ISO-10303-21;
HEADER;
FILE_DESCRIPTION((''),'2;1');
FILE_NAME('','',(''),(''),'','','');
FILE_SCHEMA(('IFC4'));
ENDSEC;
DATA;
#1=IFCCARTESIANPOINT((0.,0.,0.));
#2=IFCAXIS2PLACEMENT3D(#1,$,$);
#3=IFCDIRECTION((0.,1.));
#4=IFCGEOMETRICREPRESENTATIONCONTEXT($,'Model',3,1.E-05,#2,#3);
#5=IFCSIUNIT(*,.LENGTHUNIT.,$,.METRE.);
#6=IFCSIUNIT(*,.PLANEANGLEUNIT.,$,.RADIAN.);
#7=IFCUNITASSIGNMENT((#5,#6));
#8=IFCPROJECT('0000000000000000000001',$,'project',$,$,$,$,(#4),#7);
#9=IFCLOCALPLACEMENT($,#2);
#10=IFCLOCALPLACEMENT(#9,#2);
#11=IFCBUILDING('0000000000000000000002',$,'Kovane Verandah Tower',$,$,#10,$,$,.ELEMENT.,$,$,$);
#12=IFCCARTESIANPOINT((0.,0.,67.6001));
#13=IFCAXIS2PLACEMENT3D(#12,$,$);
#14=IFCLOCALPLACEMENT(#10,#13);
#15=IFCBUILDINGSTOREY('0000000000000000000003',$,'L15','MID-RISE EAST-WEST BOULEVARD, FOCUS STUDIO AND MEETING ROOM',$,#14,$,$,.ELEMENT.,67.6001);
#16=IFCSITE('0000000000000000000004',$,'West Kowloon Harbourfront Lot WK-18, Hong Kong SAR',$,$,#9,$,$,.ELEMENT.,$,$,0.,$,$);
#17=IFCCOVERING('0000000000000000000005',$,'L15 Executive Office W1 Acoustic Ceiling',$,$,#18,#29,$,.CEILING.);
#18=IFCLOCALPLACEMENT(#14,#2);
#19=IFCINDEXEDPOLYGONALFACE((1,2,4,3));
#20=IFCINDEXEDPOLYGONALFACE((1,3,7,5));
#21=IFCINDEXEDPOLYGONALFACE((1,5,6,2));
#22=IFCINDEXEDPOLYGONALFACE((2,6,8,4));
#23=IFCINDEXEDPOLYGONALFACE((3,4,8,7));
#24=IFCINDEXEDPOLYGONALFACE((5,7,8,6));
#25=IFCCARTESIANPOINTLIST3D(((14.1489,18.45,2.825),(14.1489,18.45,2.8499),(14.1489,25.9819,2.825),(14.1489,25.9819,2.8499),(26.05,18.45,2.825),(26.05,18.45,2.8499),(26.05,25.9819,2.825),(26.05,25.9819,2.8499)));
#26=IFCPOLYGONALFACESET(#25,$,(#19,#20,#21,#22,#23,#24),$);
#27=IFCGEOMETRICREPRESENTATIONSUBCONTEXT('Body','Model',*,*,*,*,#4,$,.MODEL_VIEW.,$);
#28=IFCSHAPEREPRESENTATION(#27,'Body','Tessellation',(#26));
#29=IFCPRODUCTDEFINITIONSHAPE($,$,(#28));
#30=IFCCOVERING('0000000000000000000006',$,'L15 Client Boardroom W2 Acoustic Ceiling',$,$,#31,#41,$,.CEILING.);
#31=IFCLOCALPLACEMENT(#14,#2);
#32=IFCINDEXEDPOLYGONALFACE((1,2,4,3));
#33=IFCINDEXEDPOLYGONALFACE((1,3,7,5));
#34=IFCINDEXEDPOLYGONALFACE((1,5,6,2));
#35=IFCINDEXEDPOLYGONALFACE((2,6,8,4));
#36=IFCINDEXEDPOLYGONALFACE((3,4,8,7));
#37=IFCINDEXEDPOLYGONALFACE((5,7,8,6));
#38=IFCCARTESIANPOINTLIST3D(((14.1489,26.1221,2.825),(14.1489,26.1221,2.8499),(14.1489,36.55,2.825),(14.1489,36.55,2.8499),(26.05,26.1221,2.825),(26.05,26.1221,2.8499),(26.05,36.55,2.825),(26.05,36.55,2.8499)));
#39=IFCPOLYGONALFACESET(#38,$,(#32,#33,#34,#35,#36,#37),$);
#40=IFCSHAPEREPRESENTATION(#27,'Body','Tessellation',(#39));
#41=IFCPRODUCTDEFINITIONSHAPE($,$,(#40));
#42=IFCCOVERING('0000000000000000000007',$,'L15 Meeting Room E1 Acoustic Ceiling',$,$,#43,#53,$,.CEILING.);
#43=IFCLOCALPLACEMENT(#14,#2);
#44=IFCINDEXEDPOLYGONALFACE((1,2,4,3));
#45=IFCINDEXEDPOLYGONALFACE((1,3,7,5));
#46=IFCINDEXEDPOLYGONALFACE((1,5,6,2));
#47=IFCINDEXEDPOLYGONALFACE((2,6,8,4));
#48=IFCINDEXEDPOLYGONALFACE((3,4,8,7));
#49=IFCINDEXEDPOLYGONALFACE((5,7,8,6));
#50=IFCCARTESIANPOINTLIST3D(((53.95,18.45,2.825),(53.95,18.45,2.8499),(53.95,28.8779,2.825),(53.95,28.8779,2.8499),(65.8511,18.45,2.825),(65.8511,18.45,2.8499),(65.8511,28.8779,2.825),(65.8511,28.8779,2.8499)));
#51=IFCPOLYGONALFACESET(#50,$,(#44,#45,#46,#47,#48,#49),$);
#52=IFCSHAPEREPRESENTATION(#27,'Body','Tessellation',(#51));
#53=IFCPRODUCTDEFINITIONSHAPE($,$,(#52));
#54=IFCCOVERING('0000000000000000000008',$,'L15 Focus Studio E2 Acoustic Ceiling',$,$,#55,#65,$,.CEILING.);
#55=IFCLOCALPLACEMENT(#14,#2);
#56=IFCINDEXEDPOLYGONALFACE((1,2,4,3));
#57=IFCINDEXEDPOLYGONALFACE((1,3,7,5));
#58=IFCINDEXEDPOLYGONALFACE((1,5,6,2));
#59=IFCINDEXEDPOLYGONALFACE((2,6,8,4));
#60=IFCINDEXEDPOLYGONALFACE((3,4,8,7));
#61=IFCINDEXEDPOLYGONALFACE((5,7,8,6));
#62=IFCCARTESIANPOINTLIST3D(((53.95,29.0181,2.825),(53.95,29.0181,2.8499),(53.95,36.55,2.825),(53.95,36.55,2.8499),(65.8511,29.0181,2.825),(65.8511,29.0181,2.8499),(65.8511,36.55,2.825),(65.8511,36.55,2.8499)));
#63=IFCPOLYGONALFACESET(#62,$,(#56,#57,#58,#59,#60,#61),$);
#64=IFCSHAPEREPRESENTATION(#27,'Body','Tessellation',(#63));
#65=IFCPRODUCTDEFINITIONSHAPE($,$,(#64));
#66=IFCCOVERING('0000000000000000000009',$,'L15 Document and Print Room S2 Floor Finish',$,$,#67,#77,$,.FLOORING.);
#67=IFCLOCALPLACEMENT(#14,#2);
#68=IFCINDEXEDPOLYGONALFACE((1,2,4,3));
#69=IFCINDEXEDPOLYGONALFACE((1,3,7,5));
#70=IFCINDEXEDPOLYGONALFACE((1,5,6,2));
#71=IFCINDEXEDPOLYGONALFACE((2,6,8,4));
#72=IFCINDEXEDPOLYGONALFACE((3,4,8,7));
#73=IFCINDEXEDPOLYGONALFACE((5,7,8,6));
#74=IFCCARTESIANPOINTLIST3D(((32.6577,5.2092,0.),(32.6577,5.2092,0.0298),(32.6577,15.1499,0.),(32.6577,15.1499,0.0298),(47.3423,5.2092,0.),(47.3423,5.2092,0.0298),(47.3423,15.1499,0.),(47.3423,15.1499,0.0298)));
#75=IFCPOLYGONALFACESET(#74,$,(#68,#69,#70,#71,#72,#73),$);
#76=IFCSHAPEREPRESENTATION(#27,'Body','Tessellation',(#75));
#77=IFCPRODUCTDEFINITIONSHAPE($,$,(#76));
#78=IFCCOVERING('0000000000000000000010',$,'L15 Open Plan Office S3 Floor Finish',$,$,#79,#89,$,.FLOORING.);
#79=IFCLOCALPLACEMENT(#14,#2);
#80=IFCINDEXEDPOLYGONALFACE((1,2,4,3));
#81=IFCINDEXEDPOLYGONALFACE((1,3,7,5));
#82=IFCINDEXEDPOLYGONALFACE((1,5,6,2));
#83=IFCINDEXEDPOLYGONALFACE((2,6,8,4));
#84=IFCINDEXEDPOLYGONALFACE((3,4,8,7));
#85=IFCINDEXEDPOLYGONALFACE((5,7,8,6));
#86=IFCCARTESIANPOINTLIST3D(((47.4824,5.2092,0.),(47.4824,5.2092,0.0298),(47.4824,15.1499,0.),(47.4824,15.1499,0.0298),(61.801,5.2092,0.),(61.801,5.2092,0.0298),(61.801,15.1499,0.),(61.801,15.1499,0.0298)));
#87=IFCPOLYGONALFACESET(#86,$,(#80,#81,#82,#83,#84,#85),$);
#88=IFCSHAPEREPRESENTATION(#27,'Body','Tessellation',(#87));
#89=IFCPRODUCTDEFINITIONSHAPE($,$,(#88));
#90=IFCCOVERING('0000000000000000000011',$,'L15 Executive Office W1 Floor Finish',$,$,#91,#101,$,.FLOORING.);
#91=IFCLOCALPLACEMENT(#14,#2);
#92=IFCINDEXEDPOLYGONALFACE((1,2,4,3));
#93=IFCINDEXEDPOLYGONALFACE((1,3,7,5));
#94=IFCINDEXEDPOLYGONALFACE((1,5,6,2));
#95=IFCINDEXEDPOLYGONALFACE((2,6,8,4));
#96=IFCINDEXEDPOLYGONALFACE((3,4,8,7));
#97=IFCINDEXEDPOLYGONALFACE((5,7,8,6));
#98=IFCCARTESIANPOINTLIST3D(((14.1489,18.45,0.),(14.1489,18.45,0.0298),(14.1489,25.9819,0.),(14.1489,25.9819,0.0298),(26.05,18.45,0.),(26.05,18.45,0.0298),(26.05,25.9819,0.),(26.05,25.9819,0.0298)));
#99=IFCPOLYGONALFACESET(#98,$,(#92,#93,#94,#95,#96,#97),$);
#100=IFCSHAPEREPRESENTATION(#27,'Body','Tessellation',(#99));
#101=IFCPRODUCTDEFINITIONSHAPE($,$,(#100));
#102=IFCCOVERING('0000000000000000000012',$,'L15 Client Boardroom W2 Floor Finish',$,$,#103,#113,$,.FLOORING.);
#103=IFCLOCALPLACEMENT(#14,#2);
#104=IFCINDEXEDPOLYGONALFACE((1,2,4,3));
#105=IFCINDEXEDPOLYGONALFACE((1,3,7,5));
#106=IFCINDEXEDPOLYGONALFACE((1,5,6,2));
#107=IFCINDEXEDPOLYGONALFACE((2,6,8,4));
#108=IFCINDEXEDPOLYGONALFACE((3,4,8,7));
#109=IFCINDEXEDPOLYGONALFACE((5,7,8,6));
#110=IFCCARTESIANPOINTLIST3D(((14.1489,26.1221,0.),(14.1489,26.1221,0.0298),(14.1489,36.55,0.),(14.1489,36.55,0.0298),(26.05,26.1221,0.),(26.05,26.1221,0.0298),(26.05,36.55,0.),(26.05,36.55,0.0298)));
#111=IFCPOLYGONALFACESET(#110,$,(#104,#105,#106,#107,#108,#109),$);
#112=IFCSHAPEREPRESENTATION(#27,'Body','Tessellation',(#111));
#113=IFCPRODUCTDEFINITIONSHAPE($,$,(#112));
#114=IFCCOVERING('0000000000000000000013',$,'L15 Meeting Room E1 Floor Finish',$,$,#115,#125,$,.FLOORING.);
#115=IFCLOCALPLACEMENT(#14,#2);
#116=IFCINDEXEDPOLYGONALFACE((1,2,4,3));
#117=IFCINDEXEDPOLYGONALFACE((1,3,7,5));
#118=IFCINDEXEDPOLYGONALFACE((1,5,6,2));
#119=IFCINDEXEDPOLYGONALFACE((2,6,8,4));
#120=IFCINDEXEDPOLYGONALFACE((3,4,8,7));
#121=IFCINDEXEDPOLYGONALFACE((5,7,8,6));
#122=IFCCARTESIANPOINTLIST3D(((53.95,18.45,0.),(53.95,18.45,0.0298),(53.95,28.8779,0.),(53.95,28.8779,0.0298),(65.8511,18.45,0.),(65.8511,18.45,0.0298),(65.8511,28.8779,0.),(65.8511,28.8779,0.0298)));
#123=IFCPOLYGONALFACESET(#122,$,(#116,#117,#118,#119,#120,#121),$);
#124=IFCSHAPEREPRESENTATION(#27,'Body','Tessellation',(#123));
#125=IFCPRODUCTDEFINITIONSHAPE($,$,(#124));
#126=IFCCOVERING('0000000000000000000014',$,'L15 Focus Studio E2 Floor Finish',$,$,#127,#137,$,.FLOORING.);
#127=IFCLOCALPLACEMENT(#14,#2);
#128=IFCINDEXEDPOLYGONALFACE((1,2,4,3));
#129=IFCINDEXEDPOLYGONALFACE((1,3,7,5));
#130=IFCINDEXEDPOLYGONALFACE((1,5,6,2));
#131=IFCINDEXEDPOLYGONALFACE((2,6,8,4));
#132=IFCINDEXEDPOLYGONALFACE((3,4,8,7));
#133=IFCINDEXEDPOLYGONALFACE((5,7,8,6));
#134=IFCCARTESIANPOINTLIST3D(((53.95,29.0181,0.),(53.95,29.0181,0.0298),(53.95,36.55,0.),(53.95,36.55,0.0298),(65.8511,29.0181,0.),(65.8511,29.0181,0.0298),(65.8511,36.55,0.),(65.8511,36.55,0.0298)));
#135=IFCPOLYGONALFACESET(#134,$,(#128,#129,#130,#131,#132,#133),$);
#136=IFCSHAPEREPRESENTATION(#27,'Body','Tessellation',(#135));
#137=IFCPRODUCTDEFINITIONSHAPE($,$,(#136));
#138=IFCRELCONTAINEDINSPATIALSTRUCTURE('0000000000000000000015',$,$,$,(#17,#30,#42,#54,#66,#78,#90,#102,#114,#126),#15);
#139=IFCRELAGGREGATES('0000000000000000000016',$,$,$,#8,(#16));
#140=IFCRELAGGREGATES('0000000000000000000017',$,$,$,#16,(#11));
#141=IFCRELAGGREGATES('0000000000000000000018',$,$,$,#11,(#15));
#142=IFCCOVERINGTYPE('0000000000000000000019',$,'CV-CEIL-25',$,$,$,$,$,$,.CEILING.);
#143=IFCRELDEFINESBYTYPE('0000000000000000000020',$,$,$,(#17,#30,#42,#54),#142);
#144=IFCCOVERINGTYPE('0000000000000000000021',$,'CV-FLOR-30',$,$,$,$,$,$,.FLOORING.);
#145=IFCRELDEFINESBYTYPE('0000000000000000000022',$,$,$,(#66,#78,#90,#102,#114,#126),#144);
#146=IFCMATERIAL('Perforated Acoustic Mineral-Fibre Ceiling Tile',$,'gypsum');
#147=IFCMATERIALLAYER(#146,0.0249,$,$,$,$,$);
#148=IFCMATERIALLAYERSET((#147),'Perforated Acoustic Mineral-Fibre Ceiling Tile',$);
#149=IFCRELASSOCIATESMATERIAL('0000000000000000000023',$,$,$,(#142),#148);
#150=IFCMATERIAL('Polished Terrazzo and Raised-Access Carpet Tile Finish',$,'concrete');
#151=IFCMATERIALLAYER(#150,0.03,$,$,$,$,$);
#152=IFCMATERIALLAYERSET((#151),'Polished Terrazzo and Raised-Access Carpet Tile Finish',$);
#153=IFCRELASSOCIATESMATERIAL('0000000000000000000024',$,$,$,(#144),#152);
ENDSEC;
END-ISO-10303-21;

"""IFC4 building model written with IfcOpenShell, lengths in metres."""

from ifc_helpers import new_model, si_unit, direction, frame, origin, place, context, subcontext, project, spatial, polyline, outline, extrude, material, layer, layer_set, type_object, element, save


model = new_model("IFC4")

# Units and contexts
model_context = context("Model", 3, precision=1e-05, world=origin(), true_north=direction((0.0, 1.0)))
body_context = subcontext(model_context, "Body", "Model", "MODEL_VIEW")
ifc_project = project(units=[si_unit("LENGTHUNIT", "METRE"), si_unit("PLANEANGLEUNIT", "RADIAN")], contexts=[model_context])

# Site, building, storey
site_placement = place(None, origin())
site = spatial("IfcSite", under=ifc_project, at=site_placement, Name="West Kowloon Harbourfront Lot WK-18, Hong Kong SAR", CompositionType="ELEMENT", RefElevation=0.0)
building_placement = place(site_placement, origin())
building = spatial("IfcBuilding", under=site, at=building_placement, Name="Kovane Verandah Tower", CompositionType="ELEMENT")
storey_placement = place(building_placement, frame((0.0, 0.0, 67.6001)))
storey = spatial("IfcBuildingStorey", under=building, at=storey_placement, Name="L15", Description="MID-RISE EAST-WEST BOULEVARD, FOCUS STUDIO AND MEETING ROOM", CompositionType="ELEMENT", Elevation=67.6001)

# Coverings
ifc_material_1 = material(Name="Perforated Acoustic Mineral-Fibre Ceiling Tile", Category="gypsum")
ifc_layer_1 = layer(ifc_material_1, 0.0249)
ifc_layer_set_1 = layer_set([ifc_layer_1], Name="Perforated Acoustic Mineral-Fibre Ceiling Tile")
covering_type_1 = type_object("IfcCoveringType", Name="CV-CEIL-25", PredefinedType="CEILING", material=ifc_layer_set_1)
covering_1_placement = place(storey_placement, frame((0.0, 0.0, 2.825)))
element("IfcCovering", 1, at=covering_1_placement, inside=storey, type_object=covering_type_1, Name="L15 Executive Office W1 Acoustic Ceiling", PredefinedType="CEILING", context=body_context, shape_type="SweptSolid", body=[
    extrude(outline(polyline([(14.1489, 18.45), (26.05, 18.45), (26.05, 25.9819), (14.1489, 25.9819), (14.1489, 18.45)])), origin(), (0.0, 0.0, 1.0), 0.0249),
])
covering_2_placement = place(storey_placement, frame((0.0, 0.0, 2.825)))
element("IfcCovering", 2, at=covering_2_placement, inside=storey, type_object=covering_type_1, Name="L15 Client Boardroom W2 Acoustic Ceiling", PredefinedType="CEILING", context=body_context, shape_type="SweptSolid", body=[
    extrude(outline(polyline([(14.1489, 26.1221), (26.05, 26.1221), (26.05, 36.55), (14.1489, 36.55), (14.1489, 26.1221)])), origin(), (0.0, 0.0, 1.0), 0.0249),
])
covering_3_placement = place(storey_placement, frame((0.0, 0.0, 2.825)))
element("IfcCovering", 3, at=covering_3_placement, inside=storey, type_object=covering_type_1, Name="L15 Meeting Room E1 Acoustic Ceiling", PredefinedType="CEILING", context=body_context, shape_type="SweptSolid", body=[
    extrude(outline(polyline([(53.95, 18.45), (65.8511, 18.45), (65.8511, 28.8779), (53.95, 28.8779), (53.95, 18.45)])), origin(), (0.0, 0.0, 1.0), 0.0249),
])
covering_4_placement = place(storey_placement, frame((0.0, 0.0, 2.825)))
element("IfcCovering", 4, at=covering_4_placement, inside=storey, type_object=covering_type_1, Name="L15 Focus Studio E2 Acoustic Ceiling", PredefinedType="CEILING", context=body_context, shape_type="SweptSolid", body=[
    extrude(outline(polyline([(53.95, 29.0181), (65.8511, 29.0181), (65.8511, 36.55), (53.95, 36.55), (53.95, 29.0181)])), origin(), (0.0, 0.0, 1.0), 0.0249),
])
ifc_material_2 = material(Name="Polished Terrazzo and Raised-Access Carpet Tile Finish", Category="concrete")
ifc_layer_2 = layer(ifc_material_2, 0.03)
ifc_layer_set_2 = layer_set([ifc_layer_2], Name="Polished Terrazzo and Raised-Access Carpet Tile Finish")
covering_type_2 = type_object("IfcCoveringType", Name="CV-FLOR-30", PredefinedType="FLOORING", material=ifc_layer_set_2)
covering_5_placement = place(storey_placement, origin())
element("IfcCovering", 5, at=covering_5_placement, inside=storey, type_object=covering_type_2, Name="L15 Document and Print Room S2 Floor Finish", PredefinedType="FLOORING", context=body_context, shape_type="SweptSolid", body=[
    extrude(outline(polyline([(32.6577, 5.2092), (47.3423, 5.2092), (47.3423, 15.1499), (32.6577, 15.1499), (32.6577, 5.2092)])), origin(), (0.0, 0.0, 1.0), 0.0298),
])
covering_6_placement = place(storey_placement, origin())
element("IfcCovering", 6, at=covering_6_placement, inside=storey, type_object=covering_type_2, Name="L15 Open Plan Office S3 Floor Finish", PredefinedType="FLOORING", context=body_context, shape_type="SweptSolid", body=[
    extrude(outline(polyline([(47.4824, 5.2092), (61.801, 5.2092), (61.801, 15.1499), (47.4824, 15.1499), (47.4824, 5.2092)])), origin(), (0.0, 0.0, 1.0), 0.0298),
])
covering_7_placement = place(storey_placement, origin())
element("IfcCovering", 7, at=covering_7_placement, inside=storey, type_object=covering_type_2, Name="L15 Executive Office W1 Floor Finish", PredefinedType="FLOORING", context=body_context, shape_type="SweptSolid", body=[
    extrude(outline(polyline([(14.1489, 18.45), (26.05, 18.45), (26.05, 25.9819), (14.1489, 25.9819), (14.1489, 18.45)])), origin(), (0.0, 0.0, 1.0), 0.0298),
])
covering_8_placement = place(storey_placement, origin())
element("IfcCovering", 8, at=covering_8_placement, inside=storey, type_object=covering_type_2, Name="L15 Client Boardroom W2 Floor Finish", PredefinedType="FLOORING", context=body_context, shape_type="SweptSolid", body=[
    extrude(outline(polyline([(14.1489, 26.1221), (26.05, 26.1221), (26.05, 36.55), (14.1489, 36.55), (14.1489, 26.1221)])), origin(), (0.0, 0.0, 1.0), 0.0298),
])
covering_9_placement = place(storey_placement, origin())
element("IfcCovering", 9, at=covering_9_placement, inside=storey, type_object=covering_type_2, Name="L15 Meeting Room E1 Floor Finish", PredefinedType="FLOORING", context=body_context, shape_type="SweptSolid", body=[
    extrude(outline(polyline([(53.95, 18.45), (65.8511, 18.45), (65.8511, 28.8779), (53.95, 28.8779), (53.95, 18.45)])), origin(), (0.0, 0.0, 1.0), 0.0298),
])
covering_10_placement = place(storey_placement, origin())
element("IfcCovering", 10, at=covering_10_placement, inside=storey, type_object=covering_type_2, Name="L15 Focus Studio E2 Floor Finish", PredefinedType="FLOORING", context=body_context, shape_type="SweptSolid", body=[
    extrude(outline(polyline([(53.95, 29.0181), (65.8511, 29.0181), (65.8511, 36.55), (53.95, 36.55), (53.95, 29.0181)])), origin(), (0.0, 0.0, 1.0), 0.0298),
])

save(model, "model.ifc")
